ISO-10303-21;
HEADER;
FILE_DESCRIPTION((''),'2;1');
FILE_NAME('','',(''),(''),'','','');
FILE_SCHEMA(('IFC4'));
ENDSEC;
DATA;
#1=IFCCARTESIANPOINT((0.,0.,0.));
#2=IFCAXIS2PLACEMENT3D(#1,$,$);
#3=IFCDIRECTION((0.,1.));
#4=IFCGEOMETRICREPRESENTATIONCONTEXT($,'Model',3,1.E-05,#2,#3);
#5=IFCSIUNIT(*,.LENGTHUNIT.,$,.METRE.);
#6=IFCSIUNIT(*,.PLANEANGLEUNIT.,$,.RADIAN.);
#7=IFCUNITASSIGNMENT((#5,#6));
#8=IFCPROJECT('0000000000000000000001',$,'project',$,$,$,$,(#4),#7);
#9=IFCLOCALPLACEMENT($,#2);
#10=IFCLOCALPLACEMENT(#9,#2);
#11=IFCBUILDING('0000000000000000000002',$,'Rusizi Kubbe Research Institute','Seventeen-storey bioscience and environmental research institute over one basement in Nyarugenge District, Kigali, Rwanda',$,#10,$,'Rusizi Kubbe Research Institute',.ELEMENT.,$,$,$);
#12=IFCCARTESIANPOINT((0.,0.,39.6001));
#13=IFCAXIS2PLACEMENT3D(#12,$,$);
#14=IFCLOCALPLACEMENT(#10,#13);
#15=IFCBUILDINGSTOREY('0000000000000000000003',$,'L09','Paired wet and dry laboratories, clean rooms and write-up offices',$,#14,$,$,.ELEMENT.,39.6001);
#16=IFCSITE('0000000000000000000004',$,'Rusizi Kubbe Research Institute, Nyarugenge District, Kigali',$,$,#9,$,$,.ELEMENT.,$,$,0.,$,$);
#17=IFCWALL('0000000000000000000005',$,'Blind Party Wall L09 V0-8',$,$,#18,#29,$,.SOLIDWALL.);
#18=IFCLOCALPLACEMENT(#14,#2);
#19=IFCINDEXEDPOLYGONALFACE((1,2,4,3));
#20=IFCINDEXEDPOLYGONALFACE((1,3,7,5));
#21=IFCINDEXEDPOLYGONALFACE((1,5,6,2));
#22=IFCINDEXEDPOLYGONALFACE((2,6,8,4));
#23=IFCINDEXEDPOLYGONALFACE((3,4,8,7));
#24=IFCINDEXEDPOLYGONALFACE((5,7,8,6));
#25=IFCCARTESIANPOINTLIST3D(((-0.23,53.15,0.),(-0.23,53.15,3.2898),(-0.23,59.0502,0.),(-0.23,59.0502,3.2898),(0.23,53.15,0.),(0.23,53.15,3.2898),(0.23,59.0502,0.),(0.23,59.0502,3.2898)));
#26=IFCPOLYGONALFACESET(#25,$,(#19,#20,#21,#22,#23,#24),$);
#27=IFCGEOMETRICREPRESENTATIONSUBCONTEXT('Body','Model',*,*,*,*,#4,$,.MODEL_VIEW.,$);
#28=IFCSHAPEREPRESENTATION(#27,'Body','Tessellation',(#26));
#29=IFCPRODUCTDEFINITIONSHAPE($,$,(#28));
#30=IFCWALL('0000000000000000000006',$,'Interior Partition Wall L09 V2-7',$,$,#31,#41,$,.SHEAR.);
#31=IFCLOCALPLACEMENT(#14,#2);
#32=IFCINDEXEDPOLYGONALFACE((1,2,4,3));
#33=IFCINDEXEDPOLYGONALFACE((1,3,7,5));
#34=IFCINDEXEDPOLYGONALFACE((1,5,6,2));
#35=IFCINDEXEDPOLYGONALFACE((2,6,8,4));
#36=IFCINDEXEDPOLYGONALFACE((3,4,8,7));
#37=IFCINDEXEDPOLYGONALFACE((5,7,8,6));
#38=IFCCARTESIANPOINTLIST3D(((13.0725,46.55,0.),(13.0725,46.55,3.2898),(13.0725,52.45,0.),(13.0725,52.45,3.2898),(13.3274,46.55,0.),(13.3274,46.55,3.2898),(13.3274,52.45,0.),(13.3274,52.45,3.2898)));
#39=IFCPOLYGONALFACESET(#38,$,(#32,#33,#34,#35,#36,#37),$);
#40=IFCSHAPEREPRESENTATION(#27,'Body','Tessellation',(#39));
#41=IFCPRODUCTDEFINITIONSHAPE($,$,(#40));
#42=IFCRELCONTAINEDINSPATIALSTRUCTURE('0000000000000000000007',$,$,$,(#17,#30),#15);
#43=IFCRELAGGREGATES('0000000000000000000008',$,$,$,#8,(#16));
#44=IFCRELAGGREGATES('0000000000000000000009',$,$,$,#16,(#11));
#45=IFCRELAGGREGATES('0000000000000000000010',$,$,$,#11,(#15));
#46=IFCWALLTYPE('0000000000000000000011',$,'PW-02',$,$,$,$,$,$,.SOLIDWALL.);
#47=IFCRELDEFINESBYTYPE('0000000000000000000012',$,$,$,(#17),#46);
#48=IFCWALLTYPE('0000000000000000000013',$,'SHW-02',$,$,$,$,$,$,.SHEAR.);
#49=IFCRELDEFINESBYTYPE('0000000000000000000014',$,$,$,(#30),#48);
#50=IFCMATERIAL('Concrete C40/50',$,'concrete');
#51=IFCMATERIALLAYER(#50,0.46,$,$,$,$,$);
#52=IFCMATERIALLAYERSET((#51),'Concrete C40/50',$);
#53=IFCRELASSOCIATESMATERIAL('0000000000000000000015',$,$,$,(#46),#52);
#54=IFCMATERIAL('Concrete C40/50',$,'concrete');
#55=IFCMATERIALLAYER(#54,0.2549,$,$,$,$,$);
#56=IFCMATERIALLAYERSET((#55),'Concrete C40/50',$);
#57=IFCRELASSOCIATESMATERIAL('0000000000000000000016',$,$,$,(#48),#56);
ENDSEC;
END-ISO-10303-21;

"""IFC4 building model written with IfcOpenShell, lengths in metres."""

from ifc_helpers import new_model, si_unit, direction, frame, frame_2d, origin, place, context, subcontext, project, spatial, rectangle, extrude, material, layer, layer_set, type_object, element, save


model = new_model("IFC4")

# Units and contexts
model_context = context("Model", 3, precision=1e-05, world=origin(), true_north=direction((0.0, 1.0)))
body_context = subcontext(model_context, "Body", "Model", "MODEL_VIEW")
ifc_project = project(units=[si_unit("LENGTHUNIT", "METRE"), si_unit("PLANEANGLEUNIT", "RADIAN")], contexts=[model_context])

# Site, building, storey
site_placement = place(None, origin())
site = spatial("IfcSite", under=ifc_project, at=site_placement, Name="Rusizi Kubbe Research Institute, Nyarugenge District, Kigali", CompositionType="ELEMENT", RefElevation=0.0)
building_placement = place(site_placement, origin())
building = spatial("IfcBuilding", under=site, at=building_placement, Name="Rusizi Kubbe Research Institute", Description="Seventeen-storey bioscience and environmental research institute over one basement in Nyarugenge District, Kigali, Rwanda", LongName="Rusizi Kubbe Research Institute", CompositionType="ELEMENT")
storey_placement = place(building_placement, frame((0.0, 0.0, 39.6001)))
storey = spatial("IfcBuildingStorey", under=building, at=storey_placement, Name="L09", Description="Paired wet and dry laboratories, clean rooms and write-up offices", CompositionType="ELEMENT", Elevation=39.6001)

# Walls
ifc_material_1 = material(Name="Concrete C40/50", Category="concrete")
ifc_layer_1 = layer(ifc_material_1, 0.46)
ifc_layer_set_1 = layer_set([ifc_layer_1], Name="Concrete C40/50")
wall_type_1 = type_object("IfcWallType", Name="PW-02", PredefinedType="SOLIDWALL", material=ifc_layer_set_1)
wall_1_placement = place(storey_placement, frame((0.0, 53.1499, 0.0), z_axis=(0.0, 0.0, 1.0), x_axis=(0.0, 1.0, 0.0)))
element("IfcWall", 1, at=wall_1_placement, inside=storey, type_object=wall_type_1, Name="Blind Party Wall L09 V0-8", PredefinedType="SOLIDWALL", context=body_context, shape_type="SweptSolid", body=[
    extrude(rectangle(XDim=5.9001, YDim=0.46, at=frame_2d((2.9502, 0.0))), origin(), (0.0, 0.0, 1.0), 3.2898),
])
ifc_material_2 = material(Name="Concrete C40/50", Category="concrete")
ifc_layer_2 = layer(ifc_material_2, 0.2549)
ifc_layer_set_2 = layer_set([ifc_layer_2], Name="Concrete C40/50")
wall_type_2 = type_object("IfcWallType", Name="SHW-02", PredefinedType="SHEAR", material=ifc_layer_set_2)
wall_2_placement = place(storey_placement, frame((13.2, 46.55, 0.0), z_axis=(0.0, 0.0, 1.0), x_axis=(0.0, 1.0, 0.0)))
element("IfcWall", 2, at=wall_2_placement, inside=storey, type_object=wall_type_2, Name="Interior Partition Wall L09 V2-7", PredefinedType="SHEAR", context=body_context, shape_type="SweptSolid", body=[
    extrude(rectangle(XDim=5.8999, YDim=0.2549, at=frame_2d((2.95, 0.0))), origin(), (0.0, 0.0, 1.0), 3.2898),
])

save(model, "model.ifc")
